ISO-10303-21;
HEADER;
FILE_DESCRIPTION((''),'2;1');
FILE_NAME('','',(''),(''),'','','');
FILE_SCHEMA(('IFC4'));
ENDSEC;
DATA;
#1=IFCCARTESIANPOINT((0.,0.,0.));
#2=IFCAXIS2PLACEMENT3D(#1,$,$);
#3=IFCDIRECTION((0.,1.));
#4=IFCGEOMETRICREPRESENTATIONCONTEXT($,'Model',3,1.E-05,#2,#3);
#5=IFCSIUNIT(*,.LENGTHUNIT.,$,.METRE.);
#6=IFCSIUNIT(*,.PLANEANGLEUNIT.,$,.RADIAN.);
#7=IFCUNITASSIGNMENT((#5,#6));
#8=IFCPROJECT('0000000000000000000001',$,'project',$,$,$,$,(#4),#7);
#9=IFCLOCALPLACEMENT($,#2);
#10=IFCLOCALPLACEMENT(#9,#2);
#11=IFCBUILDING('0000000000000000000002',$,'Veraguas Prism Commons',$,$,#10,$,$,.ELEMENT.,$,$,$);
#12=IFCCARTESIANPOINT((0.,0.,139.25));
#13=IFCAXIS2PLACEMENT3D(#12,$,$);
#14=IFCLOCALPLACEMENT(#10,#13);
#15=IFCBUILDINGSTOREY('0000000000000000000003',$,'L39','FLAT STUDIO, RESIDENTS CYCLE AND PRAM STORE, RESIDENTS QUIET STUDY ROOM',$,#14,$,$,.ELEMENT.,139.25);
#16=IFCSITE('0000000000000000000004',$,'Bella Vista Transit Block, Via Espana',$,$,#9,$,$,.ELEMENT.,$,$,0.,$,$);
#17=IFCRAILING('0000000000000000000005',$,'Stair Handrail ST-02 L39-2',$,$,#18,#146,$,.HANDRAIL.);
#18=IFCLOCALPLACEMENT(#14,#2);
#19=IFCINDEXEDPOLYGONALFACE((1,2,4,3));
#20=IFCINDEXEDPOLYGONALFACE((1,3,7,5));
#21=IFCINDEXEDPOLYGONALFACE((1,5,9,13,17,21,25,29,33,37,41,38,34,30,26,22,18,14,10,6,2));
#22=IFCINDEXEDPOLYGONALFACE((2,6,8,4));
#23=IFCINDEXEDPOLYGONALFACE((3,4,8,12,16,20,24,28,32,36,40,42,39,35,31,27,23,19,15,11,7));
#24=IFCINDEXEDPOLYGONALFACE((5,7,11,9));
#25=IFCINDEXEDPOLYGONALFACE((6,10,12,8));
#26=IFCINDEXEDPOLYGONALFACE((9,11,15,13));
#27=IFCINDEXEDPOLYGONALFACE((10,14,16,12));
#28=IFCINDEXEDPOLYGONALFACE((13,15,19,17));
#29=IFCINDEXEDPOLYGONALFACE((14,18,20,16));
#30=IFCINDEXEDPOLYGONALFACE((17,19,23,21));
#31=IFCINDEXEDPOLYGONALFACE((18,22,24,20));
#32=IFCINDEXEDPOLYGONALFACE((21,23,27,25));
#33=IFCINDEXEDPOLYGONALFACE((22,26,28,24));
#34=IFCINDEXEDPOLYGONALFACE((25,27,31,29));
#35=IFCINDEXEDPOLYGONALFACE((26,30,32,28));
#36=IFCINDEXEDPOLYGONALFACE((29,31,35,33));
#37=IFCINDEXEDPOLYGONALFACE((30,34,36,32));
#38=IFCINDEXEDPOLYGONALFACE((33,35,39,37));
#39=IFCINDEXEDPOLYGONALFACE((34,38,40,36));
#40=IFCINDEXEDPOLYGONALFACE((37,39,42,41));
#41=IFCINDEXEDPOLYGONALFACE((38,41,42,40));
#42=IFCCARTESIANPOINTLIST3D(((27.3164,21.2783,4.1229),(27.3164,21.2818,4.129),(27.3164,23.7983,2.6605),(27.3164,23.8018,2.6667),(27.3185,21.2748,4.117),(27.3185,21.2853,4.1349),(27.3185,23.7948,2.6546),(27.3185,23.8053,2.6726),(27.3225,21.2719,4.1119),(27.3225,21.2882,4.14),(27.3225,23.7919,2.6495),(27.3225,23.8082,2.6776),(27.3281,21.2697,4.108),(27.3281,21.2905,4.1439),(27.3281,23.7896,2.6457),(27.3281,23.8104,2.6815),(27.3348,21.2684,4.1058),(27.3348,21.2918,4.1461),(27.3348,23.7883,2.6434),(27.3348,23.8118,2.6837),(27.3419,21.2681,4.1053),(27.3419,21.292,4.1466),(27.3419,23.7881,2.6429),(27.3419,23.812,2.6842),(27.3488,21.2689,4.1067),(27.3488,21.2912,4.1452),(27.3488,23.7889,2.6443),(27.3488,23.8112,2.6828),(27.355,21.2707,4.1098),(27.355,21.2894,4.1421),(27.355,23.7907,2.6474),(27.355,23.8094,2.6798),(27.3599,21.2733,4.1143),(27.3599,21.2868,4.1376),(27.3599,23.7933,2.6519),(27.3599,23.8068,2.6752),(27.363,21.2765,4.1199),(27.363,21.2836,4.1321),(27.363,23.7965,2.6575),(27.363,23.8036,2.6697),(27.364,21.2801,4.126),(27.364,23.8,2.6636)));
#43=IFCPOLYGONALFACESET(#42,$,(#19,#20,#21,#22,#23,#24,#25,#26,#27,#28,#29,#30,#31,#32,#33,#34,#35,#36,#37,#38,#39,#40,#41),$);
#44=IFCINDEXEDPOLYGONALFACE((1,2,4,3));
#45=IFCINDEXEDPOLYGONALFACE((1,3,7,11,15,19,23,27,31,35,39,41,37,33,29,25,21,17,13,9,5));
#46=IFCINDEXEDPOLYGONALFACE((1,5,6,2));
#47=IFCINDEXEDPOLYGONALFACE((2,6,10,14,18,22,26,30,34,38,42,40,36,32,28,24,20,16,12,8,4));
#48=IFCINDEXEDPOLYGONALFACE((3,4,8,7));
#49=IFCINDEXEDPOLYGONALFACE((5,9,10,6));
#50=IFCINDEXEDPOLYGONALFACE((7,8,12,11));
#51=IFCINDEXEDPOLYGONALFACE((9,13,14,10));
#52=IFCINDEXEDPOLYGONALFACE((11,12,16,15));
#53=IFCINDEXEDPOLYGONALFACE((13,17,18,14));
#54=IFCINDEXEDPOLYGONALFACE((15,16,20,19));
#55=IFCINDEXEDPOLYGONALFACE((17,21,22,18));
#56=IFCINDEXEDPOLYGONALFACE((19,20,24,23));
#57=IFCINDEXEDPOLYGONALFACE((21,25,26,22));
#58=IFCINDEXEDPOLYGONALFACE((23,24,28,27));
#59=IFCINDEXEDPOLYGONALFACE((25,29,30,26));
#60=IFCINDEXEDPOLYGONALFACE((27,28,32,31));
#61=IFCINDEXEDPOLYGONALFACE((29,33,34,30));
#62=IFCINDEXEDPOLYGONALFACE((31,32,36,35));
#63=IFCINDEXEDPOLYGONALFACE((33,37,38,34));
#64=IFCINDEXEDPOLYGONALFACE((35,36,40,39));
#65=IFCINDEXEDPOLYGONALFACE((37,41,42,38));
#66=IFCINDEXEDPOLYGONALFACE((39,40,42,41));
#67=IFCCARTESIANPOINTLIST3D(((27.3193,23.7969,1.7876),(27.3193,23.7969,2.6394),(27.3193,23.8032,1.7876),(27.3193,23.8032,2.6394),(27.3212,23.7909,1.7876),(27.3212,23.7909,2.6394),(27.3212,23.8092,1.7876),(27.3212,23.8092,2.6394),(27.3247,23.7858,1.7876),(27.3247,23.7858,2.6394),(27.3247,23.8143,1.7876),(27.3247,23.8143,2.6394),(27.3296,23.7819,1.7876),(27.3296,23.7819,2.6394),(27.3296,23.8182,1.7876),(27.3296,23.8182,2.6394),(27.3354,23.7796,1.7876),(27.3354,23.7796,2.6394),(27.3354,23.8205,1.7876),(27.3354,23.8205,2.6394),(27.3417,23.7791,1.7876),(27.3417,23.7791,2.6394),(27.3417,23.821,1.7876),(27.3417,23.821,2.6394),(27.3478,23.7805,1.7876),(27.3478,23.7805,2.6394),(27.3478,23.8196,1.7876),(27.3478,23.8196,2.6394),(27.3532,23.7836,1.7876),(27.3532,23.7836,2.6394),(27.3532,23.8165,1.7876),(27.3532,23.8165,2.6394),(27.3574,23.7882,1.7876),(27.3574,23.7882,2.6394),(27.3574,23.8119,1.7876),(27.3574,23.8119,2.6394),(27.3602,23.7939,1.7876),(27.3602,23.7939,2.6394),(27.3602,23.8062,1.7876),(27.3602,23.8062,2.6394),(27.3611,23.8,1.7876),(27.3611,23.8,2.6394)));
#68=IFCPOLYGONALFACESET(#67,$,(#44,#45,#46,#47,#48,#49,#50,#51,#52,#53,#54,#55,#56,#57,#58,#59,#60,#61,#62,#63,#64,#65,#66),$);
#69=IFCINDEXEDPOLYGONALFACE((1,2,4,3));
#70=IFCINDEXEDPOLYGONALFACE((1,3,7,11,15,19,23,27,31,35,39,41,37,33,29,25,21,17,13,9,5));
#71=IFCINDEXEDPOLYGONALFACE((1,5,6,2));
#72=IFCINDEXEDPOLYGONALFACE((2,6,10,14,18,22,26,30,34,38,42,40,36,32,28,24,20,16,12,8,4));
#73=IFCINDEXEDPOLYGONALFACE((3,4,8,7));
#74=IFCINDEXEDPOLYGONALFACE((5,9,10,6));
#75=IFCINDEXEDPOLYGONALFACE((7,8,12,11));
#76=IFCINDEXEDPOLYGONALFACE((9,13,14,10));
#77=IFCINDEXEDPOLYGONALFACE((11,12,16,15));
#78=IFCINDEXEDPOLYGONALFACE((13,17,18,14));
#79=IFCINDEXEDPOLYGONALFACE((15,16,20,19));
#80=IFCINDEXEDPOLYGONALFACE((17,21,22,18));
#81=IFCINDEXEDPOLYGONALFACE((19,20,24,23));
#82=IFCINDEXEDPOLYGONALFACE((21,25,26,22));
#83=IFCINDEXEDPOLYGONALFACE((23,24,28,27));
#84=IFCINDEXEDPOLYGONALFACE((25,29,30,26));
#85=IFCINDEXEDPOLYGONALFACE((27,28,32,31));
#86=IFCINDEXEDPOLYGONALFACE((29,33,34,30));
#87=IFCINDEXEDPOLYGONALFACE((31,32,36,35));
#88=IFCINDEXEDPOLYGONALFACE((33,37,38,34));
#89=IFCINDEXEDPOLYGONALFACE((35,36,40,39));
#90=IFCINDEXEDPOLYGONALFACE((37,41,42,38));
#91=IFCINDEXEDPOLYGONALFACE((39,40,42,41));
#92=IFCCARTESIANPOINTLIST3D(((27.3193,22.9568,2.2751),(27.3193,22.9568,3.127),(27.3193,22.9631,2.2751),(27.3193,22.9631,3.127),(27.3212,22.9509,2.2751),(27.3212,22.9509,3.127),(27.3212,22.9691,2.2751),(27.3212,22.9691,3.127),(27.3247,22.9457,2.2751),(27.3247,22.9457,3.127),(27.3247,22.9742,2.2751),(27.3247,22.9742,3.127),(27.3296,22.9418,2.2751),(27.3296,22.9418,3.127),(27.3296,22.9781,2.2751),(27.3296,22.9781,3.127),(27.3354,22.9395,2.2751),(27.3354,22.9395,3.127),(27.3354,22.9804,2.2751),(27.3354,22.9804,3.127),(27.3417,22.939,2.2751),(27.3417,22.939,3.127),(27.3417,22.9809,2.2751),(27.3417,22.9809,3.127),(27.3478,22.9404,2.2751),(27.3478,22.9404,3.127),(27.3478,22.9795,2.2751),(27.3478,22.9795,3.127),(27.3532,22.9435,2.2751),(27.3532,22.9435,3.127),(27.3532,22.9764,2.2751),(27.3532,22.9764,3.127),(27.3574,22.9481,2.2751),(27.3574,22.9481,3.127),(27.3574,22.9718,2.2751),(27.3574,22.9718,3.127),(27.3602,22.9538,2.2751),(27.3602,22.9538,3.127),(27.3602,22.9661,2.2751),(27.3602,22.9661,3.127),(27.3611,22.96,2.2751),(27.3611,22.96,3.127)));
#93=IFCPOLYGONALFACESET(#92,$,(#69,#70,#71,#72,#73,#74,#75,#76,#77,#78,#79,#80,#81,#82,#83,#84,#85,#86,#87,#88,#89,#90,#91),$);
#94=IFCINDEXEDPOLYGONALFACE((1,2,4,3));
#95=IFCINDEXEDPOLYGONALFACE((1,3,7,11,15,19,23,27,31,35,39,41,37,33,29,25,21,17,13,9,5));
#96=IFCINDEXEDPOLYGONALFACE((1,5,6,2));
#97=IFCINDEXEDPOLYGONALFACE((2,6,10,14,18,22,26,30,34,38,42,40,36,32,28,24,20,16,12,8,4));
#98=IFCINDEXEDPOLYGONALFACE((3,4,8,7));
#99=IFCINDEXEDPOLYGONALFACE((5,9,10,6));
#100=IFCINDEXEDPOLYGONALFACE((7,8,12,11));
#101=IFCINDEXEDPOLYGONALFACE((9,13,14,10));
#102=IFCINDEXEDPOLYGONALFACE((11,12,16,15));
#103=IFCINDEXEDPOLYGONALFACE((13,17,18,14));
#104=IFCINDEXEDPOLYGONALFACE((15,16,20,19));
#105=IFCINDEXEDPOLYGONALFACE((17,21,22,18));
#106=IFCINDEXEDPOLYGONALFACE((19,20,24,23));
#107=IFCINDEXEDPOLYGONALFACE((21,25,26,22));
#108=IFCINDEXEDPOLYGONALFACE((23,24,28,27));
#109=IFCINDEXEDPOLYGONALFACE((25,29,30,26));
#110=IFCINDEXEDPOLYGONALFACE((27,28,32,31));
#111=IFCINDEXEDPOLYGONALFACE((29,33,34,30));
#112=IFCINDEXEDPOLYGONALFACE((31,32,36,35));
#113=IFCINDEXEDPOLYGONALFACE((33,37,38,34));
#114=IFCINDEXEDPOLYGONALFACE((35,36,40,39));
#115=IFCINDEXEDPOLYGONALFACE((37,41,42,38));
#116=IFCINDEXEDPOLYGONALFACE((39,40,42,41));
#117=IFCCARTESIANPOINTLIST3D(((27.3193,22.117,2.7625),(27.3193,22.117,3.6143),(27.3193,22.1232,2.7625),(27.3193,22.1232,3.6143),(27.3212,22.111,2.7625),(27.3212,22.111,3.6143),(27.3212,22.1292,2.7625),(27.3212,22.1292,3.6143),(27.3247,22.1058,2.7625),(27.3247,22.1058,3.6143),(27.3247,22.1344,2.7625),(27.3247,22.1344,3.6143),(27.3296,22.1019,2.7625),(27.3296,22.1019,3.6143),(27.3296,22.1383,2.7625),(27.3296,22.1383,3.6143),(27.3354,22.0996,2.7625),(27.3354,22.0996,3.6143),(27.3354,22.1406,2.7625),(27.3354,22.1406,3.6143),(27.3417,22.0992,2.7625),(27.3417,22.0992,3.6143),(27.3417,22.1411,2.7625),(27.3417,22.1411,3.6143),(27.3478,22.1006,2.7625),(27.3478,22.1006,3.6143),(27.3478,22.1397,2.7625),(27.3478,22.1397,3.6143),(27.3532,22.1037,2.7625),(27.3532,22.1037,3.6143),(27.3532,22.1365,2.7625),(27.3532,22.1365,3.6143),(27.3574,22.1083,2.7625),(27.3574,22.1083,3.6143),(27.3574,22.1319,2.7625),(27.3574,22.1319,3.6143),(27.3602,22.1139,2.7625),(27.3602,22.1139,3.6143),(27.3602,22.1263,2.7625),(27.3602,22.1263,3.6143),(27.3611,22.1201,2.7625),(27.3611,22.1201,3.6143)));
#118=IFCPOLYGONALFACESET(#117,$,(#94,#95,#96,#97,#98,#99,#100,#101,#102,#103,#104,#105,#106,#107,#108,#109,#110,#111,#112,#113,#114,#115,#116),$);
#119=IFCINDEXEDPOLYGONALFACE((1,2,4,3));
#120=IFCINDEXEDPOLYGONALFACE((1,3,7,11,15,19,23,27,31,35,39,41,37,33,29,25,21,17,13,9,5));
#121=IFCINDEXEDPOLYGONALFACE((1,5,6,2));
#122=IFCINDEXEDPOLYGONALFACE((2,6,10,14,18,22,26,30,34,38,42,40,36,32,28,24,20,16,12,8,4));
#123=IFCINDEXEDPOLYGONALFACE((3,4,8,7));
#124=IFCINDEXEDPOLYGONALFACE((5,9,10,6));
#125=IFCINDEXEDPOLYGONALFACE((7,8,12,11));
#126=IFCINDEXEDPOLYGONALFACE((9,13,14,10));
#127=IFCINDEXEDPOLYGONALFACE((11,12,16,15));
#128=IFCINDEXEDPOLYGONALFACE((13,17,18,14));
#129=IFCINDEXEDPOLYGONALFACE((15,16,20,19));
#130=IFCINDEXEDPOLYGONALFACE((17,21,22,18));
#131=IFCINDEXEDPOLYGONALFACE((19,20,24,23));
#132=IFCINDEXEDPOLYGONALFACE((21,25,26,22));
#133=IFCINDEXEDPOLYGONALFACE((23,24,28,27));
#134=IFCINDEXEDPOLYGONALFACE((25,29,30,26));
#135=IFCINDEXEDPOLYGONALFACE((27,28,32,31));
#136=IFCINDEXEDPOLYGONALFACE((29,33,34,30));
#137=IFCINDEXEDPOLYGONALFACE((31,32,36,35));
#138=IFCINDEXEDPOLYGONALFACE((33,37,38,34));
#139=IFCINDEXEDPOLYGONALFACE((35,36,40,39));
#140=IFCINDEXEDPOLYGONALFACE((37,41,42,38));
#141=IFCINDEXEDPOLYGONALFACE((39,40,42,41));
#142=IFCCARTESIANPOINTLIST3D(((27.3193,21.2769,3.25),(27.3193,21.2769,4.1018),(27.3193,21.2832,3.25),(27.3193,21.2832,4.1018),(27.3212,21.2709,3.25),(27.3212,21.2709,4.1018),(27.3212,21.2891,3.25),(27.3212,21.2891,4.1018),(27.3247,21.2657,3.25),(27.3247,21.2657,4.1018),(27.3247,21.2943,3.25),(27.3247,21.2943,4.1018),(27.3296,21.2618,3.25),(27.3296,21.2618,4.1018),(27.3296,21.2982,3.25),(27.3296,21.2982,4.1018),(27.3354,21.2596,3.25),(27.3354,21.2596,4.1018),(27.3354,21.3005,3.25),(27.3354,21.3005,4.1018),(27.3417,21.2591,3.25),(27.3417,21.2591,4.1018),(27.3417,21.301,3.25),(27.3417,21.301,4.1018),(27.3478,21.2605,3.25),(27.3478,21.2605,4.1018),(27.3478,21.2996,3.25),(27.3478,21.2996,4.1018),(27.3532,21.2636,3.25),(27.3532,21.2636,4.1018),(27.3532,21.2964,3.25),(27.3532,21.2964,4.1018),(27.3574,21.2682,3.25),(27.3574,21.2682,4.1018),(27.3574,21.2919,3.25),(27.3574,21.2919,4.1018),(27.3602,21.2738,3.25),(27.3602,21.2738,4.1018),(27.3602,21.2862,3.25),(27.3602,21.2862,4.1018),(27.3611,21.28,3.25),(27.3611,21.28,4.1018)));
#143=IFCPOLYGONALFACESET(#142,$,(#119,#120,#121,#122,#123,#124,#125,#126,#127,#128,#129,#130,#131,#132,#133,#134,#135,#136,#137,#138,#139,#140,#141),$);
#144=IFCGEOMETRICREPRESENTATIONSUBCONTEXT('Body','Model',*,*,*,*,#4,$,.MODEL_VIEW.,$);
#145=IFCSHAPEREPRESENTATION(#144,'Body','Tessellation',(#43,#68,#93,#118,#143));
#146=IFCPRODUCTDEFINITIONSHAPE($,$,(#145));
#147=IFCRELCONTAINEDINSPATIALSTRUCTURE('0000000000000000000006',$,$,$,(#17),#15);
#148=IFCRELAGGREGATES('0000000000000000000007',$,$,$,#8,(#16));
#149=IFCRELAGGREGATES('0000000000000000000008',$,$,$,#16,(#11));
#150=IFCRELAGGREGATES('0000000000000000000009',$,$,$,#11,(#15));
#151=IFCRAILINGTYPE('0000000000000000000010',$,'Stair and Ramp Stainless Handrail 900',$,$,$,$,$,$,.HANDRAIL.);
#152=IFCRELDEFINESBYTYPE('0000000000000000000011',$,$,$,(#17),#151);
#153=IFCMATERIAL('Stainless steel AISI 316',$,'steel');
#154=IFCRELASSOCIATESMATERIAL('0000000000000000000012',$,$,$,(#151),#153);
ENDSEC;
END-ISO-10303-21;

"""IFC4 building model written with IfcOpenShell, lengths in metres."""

from ifc_helpers import new_model, si_unit, direction, frame, origin, origin_2d, place, context, subcontext, project, spatial, circle, extrude, material, type_object, element, save


model = new_model("IFC4")

# Units and contexts
model_context = context("Model", 3, precision=1e-05, world=origin(), true_north=direction((0.0, 1.0)))
body_context = subcontext(model_context, "Body", "Model", "MODEL_VIEW")
ifc_project = project(units=[si_unit("LENGTHUNIT", "METRE"), si_unit("PLANEANGLEUNIT", "RADIAN")], contexts=[model_context])

# Site, building, storey
site_placement = place(None, origin())
site = spatial("IfcSite", under=ifc_project, at=site_placement, Name="Bella Vista Transit Block, Via Espana", CompositionType="ELEMENT", RefElevation=0.0)
building_placement = place(site_placement, origin())
building = spatial("IfcBuilding", under=site, at=building_placement, Name="Veraguas Prism Commons", CompositionType="ELEMENT")
storey_placement = place(building_placement, frame((0.0, 0.0, 139.25)))
storey = spatial("IfcBuildingStorey", under=building, at=storey_placement, Name="L39", Description="FLAT STUDIO, RESIDENTS CYCLE AND PRAM STORE, RESIDENTS QUIET STUDY ROOM", CompositionType="ELEMENT", Elevation=139.25)

# Shared definitions
ifc_material_1 = material(Name="Stainless steel AISI 316", Category="steel")

# Railing
railing_type_1 = type_object("IfcRailingType", Name="Stair and Ramp Stainless Handrail 900", PredefinedType="HANDRAIL", material=ifc_material_1)
railing_1_placement = place(storey_placement, frame((27.3401, 23.8, 1.7876)))
element("IfcRailing", 1, at=railing_1_placement, inside=storey, type_object=railing_type_1, Name="Stair Handrail ST-02 L39-2", PredefinedType="HANDRAIL", context=body_context, shape_type="SweptSolid", body=[
    extrude(circle(Radius=0.0239, at=origin_2d()), frame((0.0, 0.0, 0.876), z_axis=(0.0, -0.864913, 0.501921), x_axis=(1.0, 0.0, 0.0)), (0.0, 0.0, 1.0), 2.9136),
    extrude(circle(Radius=0.021, at=origin_2d()), origin(), (0.0, 0.0, 1.0), 0.8518),
    extrude(circle(Radius=0.021, at=origin_2d()), frame((0.0, -0.8401, 0.4875)), (0.0, 0.0, 1.0), 0.8518),
    extrude(circle(Radius=0.021, at=origin_2d()), frame((0.0, -1.6799, 0.9749)), (0.0, 0.0, 1.0), 0.8518),
    extrude(circle(Radius=0.021, at=origin_2d()), frame((0.0, -2.52, 1.4624)), (0.0, 0.0, 1.0), 0.8518),
])

save(model, "model.ifc")
